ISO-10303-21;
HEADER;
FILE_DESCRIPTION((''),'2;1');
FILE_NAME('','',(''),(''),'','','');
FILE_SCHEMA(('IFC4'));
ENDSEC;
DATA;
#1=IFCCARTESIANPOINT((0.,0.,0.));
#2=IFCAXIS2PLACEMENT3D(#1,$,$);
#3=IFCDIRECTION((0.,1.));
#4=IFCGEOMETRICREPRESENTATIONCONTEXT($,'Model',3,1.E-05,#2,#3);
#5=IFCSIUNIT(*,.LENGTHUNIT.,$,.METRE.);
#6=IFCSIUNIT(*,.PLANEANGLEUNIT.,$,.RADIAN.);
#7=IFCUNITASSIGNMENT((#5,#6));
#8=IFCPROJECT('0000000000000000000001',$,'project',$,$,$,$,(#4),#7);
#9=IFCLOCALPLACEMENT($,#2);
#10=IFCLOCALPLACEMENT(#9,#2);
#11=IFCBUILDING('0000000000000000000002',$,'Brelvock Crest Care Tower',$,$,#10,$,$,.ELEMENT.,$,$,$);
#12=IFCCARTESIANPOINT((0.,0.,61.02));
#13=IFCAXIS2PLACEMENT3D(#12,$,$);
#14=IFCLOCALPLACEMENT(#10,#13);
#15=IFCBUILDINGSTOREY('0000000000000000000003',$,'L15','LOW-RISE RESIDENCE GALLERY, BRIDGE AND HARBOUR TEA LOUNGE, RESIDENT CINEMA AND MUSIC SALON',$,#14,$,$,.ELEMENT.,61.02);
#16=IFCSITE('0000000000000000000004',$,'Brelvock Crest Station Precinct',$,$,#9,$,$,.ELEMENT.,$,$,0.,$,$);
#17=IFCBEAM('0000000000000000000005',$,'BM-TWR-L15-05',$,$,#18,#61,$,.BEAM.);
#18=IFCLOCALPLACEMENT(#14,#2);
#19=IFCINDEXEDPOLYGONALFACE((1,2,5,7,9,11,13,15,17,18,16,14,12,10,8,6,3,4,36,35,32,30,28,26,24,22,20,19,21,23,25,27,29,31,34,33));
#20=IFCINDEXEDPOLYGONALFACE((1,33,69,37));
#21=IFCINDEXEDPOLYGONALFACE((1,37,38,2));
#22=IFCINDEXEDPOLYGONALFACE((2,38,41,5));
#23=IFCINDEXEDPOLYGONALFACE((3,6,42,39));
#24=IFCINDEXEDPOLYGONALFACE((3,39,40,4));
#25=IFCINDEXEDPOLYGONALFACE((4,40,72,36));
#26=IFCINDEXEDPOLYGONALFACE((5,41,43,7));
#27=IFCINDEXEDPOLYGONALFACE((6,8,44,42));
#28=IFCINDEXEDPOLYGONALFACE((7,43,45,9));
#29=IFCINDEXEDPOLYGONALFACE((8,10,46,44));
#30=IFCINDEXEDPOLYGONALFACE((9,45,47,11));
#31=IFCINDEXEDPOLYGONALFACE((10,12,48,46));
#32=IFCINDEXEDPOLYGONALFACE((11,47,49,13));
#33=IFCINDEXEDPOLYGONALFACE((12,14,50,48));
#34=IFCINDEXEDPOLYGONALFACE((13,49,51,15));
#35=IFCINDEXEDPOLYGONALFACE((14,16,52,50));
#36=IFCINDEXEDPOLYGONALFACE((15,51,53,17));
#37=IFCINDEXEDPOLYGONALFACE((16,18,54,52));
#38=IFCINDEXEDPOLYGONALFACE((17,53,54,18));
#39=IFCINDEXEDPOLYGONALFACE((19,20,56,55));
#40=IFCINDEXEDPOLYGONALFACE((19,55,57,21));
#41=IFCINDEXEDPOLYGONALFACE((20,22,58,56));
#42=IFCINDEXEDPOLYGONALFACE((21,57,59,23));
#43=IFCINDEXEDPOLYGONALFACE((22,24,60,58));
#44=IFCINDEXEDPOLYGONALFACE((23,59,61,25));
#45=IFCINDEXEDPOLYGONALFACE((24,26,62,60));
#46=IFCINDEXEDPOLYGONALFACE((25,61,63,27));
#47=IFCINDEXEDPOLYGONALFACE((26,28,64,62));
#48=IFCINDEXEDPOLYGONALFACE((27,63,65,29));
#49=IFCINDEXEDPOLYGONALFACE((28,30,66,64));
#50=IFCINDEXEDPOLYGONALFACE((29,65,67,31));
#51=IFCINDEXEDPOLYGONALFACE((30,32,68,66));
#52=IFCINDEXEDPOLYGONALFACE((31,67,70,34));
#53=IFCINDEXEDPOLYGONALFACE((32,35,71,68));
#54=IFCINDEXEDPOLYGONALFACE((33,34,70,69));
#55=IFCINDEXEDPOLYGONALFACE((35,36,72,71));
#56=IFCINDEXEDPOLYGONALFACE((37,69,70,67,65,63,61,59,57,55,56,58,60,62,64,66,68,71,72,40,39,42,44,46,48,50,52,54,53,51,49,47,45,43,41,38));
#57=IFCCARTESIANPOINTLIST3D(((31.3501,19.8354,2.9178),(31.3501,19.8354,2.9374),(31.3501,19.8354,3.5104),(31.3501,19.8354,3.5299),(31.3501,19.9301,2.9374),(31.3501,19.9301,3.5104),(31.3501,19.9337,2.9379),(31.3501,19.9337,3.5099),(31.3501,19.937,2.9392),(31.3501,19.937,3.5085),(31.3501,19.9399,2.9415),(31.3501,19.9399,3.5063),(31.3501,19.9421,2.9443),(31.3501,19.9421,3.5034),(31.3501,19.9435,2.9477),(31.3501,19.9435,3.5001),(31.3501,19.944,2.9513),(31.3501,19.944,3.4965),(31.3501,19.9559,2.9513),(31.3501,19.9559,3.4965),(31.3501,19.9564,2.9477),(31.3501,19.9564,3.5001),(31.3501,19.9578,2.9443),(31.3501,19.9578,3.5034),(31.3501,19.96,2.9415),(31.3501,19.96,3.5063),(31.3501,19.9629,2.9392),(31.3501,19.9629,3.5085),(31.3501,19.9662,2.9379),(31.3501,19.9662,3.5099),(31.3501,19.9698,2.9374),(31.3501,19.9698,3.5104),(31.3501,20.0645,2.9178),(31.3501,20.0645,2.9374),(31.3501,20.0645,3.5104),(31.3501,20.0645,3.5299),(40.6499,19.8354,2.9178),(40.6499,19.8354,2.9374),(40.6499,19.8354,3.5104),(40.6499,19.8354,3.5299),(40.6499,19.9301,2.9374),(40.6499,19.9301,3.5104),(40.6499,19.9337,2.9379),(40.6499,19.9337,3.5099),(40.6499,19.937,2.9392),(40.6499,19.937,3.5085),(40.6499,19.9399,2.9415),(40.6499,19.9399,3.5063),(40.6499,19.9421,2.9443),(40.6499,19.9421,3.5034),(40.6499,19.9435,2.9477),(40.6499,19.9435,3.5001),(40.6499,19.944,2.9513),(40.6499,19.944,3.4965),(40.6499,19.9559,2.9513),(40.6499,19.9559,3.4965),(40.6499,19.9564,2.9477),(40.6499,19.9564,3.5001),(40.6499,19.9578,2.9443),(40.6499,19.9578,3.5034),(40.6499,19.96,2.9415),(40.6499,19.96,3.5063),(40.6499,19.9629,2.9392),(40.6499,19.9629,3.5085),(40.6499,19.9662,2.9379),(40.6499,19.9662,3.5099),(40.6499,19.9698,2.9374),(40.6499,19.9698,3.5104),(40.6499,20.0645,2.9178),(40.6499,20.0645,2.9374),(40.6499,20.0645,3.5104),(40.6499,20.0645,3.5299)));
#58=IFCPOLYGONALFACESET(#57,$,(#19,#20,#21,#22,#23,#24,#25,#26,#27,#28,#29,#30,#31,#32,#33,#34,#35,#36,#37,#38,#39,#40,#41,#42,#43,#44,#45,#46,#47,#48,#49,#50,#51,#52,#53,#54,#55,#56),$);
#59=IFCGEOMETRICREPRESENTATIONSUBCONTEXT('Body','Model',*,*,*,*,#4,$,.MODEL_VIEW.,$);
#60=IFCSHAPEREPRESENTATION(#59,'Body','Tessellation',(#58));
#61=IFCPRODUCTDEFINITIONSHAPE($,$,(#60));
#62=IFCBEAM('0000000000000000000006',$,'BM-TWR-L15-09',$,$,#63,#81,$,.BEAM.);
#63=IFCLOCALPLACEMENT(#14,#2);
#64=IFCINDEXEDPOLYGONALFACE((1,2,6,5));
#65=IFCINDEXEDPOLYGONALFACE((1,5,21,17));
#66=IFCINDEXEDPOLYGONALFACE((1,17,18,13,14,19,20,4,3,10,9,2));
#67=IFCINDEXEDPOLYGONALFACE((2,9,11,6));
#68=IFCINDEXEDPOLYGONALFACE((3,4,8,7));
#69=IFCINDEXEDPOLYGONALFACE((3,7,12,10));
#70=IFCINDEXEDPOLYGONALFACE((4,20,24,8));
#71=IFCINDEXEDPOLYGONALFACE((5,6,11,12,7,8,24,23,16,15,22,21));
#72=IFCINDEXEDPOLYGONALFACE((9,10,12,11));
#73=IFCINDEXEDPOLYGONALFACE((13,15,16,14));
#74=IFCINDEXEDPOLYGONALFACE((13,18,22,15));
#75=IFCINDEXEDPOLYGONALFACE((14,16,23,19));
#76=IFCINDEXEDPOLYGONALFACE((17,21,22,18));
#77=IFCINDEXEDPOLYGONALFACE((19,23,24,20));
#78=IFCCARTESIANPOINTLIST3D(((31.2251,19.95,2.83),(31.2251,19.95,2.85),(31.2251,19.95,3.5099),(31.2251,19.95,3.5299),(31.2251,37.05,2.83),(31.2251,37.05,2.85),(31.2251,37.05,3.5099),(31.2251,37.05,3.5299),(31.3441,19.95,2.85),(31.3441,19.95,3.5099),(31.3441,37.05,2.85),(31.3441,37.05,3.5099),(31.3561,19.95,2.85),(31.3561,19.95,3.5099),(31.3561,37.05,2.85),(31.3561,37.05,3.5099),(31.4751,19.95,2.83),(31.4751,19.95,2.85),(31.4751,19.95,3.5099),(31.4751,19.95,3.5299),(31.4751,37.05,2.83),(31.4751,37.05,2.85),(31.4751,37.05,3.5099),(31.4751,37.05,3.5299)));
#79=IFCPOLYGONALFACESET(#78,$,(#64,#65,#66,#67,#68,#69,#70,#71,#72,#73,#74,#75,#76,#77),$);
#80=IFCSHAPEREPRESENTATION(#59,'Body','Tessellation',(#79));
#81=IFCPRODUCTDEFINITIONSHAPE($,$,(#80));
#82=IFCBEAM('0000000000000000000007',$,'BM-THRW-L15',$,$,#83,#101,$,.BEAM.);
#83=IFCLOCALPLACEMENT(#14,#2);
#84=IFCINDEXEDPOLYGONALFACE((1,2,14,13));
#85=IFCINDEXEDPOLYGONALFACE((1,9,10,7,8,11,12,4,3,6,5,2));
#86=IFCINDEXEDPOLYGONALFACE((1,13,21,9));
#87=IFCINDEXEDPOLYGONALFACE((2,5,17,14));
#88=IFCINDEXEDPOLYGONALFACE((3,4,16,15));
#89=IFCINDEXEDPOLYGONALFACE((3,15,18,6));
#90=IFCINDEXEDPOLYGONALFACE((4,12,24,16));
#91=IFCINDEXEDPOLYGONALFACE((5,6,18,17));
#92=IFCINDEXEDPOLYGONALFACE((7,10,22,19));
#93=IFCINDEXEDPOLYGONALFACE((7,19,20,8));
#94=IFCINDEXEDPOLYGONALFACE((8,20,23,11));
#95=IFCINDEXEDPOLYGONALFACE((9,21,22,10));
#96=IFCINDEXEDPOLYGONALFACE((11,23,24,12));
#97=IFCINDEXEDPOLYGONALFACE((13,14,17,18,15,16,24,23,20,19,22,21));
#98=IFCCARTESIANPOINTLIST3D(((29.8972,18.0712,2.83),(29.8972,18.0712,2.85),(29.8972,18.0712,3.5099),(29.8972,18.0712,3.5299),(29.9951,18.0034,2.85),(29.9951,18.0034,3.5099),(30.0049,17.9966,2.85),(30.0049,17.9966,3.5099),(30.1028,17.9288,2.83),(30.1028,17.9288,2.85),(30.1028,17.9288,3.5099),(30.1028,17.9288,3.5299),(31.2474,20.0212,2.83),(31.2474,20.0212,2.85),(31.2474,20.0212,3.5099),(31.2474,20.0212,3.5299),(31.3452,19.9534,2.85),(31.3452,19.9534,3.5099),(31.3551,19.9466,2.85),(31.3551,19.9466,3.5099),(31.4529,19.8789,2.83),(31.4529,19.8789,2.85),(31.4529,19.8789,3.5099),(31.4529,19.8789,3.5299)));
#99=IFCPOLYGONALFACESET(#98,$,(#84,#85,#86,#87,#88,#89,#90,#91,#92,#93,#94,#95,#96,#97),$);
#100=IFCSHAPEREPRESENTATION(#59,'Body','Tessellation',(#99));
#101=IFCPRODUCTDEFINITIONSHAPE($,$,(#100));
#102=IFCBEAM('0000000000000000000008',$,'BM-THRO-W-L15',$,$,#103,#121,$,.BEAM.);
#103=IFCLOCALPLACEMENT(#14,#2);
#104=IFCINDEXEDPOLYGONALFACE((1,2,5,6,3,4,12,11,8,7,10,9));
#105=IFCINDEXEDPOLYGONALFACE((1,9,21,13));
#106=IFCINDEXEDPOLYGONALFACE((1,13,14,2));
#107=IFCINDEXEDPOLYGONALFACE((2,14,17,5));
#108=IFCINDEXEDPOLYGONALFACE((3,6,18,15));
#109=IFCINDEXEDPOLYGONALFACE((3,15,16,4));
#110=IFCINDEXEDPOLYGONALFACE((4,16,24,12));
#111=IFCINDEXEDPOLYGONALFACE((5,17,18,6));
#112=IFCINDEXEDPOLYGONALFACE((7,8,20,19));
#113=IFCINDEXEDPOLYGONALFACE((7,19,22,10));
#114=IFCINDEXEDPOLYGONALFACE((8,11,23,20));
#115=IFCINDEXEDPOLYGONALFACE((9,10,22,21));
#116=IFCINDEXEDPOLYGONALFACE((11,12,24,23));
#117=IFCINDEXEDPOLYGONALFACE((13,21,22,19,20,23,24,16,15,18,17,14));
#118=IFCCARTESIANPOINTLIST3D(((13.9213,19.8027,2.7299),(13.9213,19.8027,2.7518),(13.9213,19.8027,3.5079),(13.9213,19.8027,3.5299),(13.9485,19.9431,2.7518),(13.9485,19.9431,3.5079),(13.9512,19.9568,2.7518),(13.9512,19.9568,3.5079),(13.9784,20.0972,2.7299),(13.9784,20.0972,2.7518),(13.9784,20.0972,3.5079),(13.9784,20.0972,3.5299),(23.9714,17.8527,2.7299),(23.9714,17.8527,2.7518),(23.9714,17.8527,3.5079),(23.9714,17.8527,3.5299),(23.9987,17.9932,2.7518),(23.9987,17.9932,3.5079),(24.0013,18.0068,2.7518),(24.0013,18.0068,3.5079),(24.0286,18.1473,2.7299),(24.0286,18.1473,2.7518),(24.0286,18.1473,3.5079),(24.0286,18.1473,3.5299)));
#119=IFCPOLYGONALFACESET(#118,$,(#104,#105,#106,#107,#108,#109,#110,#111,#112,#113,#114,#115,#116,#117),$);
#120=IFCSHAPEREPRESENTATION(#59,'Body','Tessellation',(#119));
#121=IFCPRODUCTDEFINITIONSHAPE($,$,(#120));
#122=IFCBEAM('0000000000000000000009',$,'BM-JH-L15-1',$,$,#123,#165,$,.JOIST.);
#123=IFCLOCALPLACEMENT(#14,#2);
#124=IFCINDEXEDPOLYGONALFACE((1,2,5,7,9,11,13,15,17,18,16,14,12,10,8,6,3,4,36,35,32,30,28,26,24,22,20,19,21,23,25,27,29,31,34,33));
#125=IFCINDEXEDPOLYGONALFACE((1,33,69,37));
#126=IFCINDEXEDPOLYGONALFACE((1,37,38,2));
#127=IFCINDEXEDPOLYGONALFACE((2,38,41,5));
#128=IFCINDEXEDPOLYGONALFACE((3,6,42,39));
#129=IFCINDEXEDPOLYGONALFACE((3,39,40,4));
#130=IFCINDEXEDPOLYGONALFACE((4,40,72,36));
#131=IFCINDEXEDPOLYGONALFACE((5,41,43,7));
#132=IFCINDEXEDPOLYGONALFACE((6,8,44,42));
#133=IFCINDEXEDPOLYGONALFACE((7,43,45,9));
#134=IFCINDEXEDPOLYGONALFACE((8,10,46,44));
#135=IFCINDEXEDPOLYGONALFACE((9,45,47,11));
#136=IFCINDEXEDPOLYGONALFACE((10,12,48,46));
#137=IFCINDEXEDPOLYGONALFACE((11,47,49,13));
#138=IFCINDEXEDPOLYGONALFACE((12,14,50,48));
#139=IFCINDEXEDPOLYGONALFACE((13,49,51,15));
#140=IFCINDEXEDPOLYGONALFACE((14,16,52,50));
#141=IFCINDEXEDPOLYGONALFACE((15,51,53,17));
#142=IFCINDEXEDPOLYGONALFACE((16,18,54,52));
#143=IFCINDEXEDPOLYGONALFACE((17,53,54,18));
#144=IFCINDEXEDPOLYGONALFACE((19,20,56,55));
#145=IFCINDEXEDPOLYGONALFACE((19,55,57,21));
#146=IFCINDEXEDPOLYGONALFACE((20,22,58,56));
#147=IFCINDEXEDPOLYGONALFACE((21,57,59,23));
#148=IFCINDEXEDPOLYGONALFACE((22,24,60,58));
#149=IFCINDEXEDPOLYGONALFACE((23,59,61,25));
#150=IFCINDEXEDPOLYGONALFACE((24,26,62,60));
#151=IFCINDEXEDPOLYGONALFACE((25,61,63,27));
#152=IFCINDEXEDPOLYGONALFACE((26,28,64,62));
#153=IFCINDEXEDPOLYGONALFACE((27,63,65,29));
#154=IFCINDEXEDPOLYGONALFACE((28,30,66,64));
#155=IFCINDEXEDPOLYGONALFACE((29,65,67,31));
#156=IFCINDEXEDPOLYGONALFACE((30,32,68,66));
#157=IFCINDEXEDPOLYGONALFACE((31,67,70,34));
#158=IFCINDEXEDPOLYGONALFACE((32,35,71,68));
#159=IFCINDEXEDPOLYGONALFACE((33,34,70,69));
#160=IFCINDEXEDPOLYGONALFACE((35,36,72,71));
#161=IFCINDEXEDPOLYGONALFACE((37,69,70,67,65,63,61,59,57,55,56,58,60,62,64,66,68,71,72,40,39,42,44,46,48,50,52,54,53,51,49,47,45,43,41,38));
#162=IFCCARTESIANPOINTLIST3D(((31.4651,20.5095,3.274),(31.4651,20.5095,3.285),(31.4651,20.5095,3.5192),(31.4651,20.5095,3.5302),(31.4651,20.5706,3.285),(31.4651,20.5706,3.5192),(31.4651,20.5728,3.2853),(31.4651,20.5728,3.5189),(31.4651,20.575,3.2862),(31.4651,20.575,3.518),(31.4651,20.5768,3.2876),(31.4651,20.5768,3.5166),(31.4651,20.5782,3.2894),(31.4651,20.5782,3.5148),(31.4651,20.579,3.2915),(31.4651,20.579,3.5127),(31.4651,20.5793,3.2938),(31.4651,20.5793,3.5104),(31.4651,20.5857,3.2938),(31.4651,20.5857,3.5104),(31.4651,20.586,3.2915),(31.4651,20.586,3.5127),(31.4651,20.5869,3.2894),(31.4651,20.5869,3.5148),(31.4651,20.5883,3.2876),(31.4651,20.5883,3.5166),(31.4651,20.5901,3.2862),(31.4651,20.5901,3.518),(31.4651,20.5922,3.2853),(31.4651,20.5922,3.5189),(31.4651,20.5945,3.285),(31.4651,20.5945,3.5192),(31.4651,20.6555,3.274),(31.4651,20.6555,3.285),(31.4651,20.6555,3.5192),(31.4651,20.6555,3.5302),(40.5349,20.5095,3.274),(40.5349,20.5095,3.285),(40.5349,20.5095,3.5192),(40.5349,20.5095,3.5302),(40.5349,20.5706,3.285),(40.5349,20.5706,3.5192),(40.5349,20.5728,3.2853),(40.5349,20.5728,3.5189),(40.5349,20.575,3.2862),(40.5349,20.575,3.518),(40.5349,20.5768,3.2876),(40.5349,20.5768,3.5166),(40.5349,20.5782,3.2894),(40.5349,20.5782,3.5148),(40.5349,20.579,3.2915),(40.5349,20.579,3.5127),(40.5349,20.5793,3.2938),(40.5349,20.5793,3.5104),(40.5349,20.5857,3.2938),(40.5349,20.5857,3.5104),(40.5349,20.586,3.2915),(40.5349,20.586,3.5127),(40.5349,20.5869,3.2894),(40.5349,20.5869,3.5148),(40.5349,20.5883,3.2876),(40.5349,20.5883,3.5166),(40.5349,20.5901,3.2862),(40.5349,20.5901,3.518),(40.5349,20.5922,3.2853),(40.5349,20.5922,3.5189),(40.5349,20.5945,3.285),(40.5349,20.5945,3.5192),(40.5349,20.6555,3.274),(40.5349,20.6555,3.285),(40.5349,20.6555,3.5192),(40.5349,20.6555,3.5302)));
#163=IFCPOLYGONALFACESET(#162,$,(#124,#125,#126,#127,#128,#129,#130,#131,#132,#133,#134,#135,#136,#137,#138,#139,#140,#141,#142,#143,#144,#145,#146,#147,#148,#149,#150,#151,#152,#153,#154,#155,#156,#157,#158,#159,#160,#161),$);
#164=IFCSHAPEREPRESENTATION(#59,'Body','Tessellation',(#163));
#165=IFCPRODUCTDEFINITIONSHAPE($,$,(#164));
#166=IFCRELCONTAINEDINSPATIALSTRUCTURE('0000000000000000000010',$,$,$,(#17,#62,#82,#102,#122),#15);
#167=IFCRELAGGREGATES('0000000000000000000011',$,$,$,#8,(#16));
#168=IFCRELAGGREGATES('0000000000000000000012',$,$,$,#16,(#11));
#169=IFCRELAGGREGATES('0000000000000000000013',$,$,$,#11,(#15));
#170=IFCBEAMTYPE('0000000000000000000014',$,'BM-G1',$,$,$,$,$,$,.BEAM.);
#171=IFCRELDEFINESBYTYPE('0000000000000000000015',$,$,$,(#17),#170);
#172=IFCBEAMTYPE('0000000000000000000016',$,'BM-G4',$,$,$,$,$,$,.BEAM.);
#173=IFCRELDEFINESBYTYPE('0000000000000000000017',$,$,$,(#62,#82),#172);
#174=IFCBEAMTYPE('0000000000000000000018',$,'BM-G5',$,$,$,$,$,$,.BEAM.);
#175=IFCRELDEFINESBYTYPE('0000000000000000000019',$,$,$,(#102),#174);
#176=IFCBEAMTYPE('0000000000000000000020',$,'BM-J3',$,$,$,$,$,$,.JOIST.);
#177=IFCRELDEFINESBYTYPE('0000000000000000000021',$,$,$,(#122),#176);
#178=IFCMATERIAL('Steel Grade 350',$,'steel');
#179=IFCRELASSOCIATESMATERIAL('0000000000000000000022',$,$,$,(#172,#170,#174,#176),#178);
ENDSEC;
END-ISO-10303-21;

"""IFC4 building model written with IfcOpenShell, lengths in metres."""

from ifc_helpers import new_model, si_unit, direction, frame, origin, origin_2d, place, context, subcontext, project, spatial, i_section, extrude, source, transform, mapped, material, material_profile, profile_set, type_object, element, save


model = new_model("IFC4")

# Units and contexts
model_context = context("Model", 3, precision=1e-05, world=origin(), true_north=direction((0.0, 1.0)))
body_context = subcontext(model_context, "Body", "Model", "MODEL_VIEW")
ifc_project = project(units=[si_unit("LENGTHUNIT", "METRE"), si_unit("PLANEANGLEUNIT", "RADIAN")], contexts=[model_context])

# Site, building, storey
site_placement = place(None, origin())
site = spatial("IfcSite", under=ifc_project, at=site_placement, Name="Brelvock Crest Station Precinct", CompositionType="ELEMENT", RefElevation=0.0)
building_placement = place(site_placement, origin())
building = spatial("IfcBuilding", under=site, at=building_placement, Name="Brelvock Crest Care Tower", CompositionType="ELEMENT")
storey_placement = place(building_placement, frame((0.0, 0.0, 61.02)))
storey = spatial("IfcBuildingStorey", under=building, at=storey_placement, Name="L15", Description="LOW-RISE RESIDENCE GALLERY, BRIDGE AND HARBOUR TEA LOUNGE, RESIDENT CINEMA AND MUSIC SALON", CompositionType="ELEMENT", Elevation=61.02)

# Shared definitions
ifc_material_1 = material(Name="Steel Grade 350", Category="steel")

# Beams
ifc_material_profile_1 = material_profile(ifc_material_1, i_section(OverallWidth=0.25, OverallDepth=0.7, WebThickness=0.012, FlangeThickness=0.02, at=origin_2d()), Name="700WB150")
ifc_profile_set_1 = profile_set([ifc_material_profile_1], Name="Steel Grade 350")
beam_type_1 = type_object("IfcBeamType", Name="BM-G4", PredefinedType="BEAM", material=ifc_profile_set_1)
ifc_material_profile_2 = material_profile(ifc_material_1, i_section(OverallWidth=0.229, OverallDepth=0.6121, WebThickness=0.012, FlangeThickness=0.0195, FilletRadius=0.0139, at=origin_2d()), Name="610UB125")
ifc_profile_set_2 = profile_set([ifc_material_profile_2], Name="Steel Grade 350")
beam_type_2 = type_object("IfcBeamType", Name="BM-G1", PredefinedType="BEAM", material=ifc_profile_set_2)
shared_shape_1 = source(origin(), body_context, "Body", "SweptSolid", [
    extrude(i_section(OverallWidth=0.229, OverallDepth=0.6121, WebThickness=0.012, FlangeThickness=0.0195, FilletRadius=0.0139, at=origin_2d()), origin(), (0.0, 0.0, 1.0), 9.2998),
])
beam_1_placement = place(storey_placement, frame((31.3501, 19.95, 3.2239), z_axis=(1.0, 0.0, 0.0), x_axis=(0.0, 1.0, 0.0)))
element("IfcBeam", 1, at=beam_1_placement, inside=storey, type_object=beam_type_2, Name="BM-TWR-L15-05", PredefinedType="BEAM", context=body_context, shape_type="MappedRepresentation", body=[
    mapped(shared_shape_1, transform((0.0, 0.0, 0.0), x_axis=(1.0, 0.0, 0.0), y_axis=(0.0, 1.0, 0.0), z_axis=(0.0, 0.0, 1.0), scale=1.0)),
])
shared_shape_2 = source(origin(), body_context, "Body", "SweptSolid", [
    extrude(i_section(OverallWidth=0.25, OverallDepth=0.7, WebThickness=0.012, FlangeThickness=0.02, at=origin_2d()), origin(), (0.0, 0.0, 1.0), 17.1001),
])
beam_2_placement = place(storey_placement, frame((31.3501, 19.95, 3.1799), z_axis=(0.0, 1.0, 0.0), x_axis=(-1.0, 0.0, 0.0)))
element("IfcBeam", 2, at=beam_2_placement, inside=storey, type_object=beam_type_1, Name="BM-TWR-L15-09", PredefinedType="BEAM", context=body_context, shape_type="MappedRepresentation", body=[
    mapped(shared_shape_2, transform((0.0, 0.0, 0.0), x_axis=(1.0, 0.0, 0.0), y_axis=(0.0, 1.0, 0.0), z_axis=(0.0, 0.0, 1.0), scale=1.0)),
])
shared_shape_3 = source(origin(), body_context, "Body", "SweptSolid", [
    extrude(i_section(OverallWidth=0.25, OverallDepth=0.7, WebThickness=0.012, FlangeThickness=0.02, at=origin_2d()), origin(), (0.0, 0.0, 1.0), 2.3718),
])
beam_3_placement = place(storey_placement, frame((30.0, 18.0, 3.1799), z_axis=(0.569247, 0.822166, 0.0), x_axis=(-0.822166, 0.569247, 0.0)))
element("IfcBeam", 3, at=beam_3_placement, inside=storey, type_object=beam_type_1, Name="BM-THRW-L15", PredefinedType="BEAM", context=body_context, shape_type="MappedRepresentation", body=[
    mapped(shared_shape_3, transform((0.0, 0.0, 0.0), x_axis=(1.0, 0.0, 0.0), y_axis=(0.0, 1.0, 0.0), z_axis=(0.0, 0.0, 1.0), scale=1.0)),
])
ifc_material_profile_3 = material_profile(ifc_material_1, i_section(OverallWidth=0.3, OverallDepth=0.8, WebThickness=0.0139, FlangeThickness=0.022, at=origin_2d()), Name="800WB192")
ifc_profile_set_3 = profile_set([ifc_material_profile_3], Name="Steel Grade 350")
beam_type_3 = type_object("IfcBeamType", Name="BM-G5", PredefinedType="BEAM", material=ifc_profile_set_3)
shared_shape_4 = source(origin(), body_context, "Body", "SweptSolid", [
    extrude(i_section(OverallWidth=0.3, OverallDepth=0.8, WebThickness=0.0139, FlangeThickness=0.022, at=origin_2d()), origin(), (0.0, 0.0, 1.0), 10.2375),
])
beam_4_placement = place(storey_placement, frame((24.0, 18.0, 3.1299), z_axis=(-0.981693, 0.190472, 0.0), x_axis=(-0.190472, -0.981693, 0.0)))
element("IfcBeam", 4, at=beam_4_placement, inside=storey, type_object=beam_type_3, Name="BM-THRO-W-L15", PredefinedType="BEAM", context=body_context, shape_type="MappedRepresentation", body=[
    mapped(shared_shape_4, transform((0.0, 0.0, 0.0), x_axis=(1.0, 0.0, 0.0), y_axis=(0.0, 1.0, 0.0), z_axis=(0.0, 0.0, 1.0), scale=1.0)),
])
ifc_material_profile_4 = material_profile(ifc_material_1, i_section(OverallWidth=0.146, OverallDepth=0.2561, WebThickness=0.0063, FlangeThickness=0.011, FilletRadius=0.0088, at=origin_2d()), Name="250UB37.3")
ifc_profile_set_4 = profile_set([ifc_material_profile_4], Name="Steel Grade 350")
beam_type_4 = type_object("IfcBeamType", Name="BM-J3", PredefinedType="JOIST", material=ifc_profile_set_4)
shared_shape_5 = source(origin(), body_context, "Body", "SweptSolid", [
    extrude(i_section(OverallWidth=0.146, OverallDepth=0.2561, WebThickness=0.0063, FlangeThickness=0.011, FilletRadius=0.0088, at=origin_2d()), origin(), (0.0, 0.0, 1.0), 9.0698),
])
for number, where, z_axis, x_axis, name in (
    (5, (31.4651, 20.5825, 3.4021), (1.0, 0.0, 0.0), (0.0, 1.0, 0.0), "BM-JH-L15-1"),
):
    element("IfcBeam", number, at=place(storey_placement, frame(where, z_axis=z_axis, x_axis=x_axis)), inside=storey, type_object=beam_type_4, Name=name, PredefinedType="JOIST", context=body_context, shape_type="MappedRepresentation", body=[
        mapped(shared_shape_5, transform((0.0, 0.0, 0.0), x_axis=(1.0, 0.0, 0.0), y_axis=(0.0, 1.0, 0.0), z_axis=(0.0, 0.0, 1.0), scale=1.0)),
    ])

save(model, "model.ifc")
